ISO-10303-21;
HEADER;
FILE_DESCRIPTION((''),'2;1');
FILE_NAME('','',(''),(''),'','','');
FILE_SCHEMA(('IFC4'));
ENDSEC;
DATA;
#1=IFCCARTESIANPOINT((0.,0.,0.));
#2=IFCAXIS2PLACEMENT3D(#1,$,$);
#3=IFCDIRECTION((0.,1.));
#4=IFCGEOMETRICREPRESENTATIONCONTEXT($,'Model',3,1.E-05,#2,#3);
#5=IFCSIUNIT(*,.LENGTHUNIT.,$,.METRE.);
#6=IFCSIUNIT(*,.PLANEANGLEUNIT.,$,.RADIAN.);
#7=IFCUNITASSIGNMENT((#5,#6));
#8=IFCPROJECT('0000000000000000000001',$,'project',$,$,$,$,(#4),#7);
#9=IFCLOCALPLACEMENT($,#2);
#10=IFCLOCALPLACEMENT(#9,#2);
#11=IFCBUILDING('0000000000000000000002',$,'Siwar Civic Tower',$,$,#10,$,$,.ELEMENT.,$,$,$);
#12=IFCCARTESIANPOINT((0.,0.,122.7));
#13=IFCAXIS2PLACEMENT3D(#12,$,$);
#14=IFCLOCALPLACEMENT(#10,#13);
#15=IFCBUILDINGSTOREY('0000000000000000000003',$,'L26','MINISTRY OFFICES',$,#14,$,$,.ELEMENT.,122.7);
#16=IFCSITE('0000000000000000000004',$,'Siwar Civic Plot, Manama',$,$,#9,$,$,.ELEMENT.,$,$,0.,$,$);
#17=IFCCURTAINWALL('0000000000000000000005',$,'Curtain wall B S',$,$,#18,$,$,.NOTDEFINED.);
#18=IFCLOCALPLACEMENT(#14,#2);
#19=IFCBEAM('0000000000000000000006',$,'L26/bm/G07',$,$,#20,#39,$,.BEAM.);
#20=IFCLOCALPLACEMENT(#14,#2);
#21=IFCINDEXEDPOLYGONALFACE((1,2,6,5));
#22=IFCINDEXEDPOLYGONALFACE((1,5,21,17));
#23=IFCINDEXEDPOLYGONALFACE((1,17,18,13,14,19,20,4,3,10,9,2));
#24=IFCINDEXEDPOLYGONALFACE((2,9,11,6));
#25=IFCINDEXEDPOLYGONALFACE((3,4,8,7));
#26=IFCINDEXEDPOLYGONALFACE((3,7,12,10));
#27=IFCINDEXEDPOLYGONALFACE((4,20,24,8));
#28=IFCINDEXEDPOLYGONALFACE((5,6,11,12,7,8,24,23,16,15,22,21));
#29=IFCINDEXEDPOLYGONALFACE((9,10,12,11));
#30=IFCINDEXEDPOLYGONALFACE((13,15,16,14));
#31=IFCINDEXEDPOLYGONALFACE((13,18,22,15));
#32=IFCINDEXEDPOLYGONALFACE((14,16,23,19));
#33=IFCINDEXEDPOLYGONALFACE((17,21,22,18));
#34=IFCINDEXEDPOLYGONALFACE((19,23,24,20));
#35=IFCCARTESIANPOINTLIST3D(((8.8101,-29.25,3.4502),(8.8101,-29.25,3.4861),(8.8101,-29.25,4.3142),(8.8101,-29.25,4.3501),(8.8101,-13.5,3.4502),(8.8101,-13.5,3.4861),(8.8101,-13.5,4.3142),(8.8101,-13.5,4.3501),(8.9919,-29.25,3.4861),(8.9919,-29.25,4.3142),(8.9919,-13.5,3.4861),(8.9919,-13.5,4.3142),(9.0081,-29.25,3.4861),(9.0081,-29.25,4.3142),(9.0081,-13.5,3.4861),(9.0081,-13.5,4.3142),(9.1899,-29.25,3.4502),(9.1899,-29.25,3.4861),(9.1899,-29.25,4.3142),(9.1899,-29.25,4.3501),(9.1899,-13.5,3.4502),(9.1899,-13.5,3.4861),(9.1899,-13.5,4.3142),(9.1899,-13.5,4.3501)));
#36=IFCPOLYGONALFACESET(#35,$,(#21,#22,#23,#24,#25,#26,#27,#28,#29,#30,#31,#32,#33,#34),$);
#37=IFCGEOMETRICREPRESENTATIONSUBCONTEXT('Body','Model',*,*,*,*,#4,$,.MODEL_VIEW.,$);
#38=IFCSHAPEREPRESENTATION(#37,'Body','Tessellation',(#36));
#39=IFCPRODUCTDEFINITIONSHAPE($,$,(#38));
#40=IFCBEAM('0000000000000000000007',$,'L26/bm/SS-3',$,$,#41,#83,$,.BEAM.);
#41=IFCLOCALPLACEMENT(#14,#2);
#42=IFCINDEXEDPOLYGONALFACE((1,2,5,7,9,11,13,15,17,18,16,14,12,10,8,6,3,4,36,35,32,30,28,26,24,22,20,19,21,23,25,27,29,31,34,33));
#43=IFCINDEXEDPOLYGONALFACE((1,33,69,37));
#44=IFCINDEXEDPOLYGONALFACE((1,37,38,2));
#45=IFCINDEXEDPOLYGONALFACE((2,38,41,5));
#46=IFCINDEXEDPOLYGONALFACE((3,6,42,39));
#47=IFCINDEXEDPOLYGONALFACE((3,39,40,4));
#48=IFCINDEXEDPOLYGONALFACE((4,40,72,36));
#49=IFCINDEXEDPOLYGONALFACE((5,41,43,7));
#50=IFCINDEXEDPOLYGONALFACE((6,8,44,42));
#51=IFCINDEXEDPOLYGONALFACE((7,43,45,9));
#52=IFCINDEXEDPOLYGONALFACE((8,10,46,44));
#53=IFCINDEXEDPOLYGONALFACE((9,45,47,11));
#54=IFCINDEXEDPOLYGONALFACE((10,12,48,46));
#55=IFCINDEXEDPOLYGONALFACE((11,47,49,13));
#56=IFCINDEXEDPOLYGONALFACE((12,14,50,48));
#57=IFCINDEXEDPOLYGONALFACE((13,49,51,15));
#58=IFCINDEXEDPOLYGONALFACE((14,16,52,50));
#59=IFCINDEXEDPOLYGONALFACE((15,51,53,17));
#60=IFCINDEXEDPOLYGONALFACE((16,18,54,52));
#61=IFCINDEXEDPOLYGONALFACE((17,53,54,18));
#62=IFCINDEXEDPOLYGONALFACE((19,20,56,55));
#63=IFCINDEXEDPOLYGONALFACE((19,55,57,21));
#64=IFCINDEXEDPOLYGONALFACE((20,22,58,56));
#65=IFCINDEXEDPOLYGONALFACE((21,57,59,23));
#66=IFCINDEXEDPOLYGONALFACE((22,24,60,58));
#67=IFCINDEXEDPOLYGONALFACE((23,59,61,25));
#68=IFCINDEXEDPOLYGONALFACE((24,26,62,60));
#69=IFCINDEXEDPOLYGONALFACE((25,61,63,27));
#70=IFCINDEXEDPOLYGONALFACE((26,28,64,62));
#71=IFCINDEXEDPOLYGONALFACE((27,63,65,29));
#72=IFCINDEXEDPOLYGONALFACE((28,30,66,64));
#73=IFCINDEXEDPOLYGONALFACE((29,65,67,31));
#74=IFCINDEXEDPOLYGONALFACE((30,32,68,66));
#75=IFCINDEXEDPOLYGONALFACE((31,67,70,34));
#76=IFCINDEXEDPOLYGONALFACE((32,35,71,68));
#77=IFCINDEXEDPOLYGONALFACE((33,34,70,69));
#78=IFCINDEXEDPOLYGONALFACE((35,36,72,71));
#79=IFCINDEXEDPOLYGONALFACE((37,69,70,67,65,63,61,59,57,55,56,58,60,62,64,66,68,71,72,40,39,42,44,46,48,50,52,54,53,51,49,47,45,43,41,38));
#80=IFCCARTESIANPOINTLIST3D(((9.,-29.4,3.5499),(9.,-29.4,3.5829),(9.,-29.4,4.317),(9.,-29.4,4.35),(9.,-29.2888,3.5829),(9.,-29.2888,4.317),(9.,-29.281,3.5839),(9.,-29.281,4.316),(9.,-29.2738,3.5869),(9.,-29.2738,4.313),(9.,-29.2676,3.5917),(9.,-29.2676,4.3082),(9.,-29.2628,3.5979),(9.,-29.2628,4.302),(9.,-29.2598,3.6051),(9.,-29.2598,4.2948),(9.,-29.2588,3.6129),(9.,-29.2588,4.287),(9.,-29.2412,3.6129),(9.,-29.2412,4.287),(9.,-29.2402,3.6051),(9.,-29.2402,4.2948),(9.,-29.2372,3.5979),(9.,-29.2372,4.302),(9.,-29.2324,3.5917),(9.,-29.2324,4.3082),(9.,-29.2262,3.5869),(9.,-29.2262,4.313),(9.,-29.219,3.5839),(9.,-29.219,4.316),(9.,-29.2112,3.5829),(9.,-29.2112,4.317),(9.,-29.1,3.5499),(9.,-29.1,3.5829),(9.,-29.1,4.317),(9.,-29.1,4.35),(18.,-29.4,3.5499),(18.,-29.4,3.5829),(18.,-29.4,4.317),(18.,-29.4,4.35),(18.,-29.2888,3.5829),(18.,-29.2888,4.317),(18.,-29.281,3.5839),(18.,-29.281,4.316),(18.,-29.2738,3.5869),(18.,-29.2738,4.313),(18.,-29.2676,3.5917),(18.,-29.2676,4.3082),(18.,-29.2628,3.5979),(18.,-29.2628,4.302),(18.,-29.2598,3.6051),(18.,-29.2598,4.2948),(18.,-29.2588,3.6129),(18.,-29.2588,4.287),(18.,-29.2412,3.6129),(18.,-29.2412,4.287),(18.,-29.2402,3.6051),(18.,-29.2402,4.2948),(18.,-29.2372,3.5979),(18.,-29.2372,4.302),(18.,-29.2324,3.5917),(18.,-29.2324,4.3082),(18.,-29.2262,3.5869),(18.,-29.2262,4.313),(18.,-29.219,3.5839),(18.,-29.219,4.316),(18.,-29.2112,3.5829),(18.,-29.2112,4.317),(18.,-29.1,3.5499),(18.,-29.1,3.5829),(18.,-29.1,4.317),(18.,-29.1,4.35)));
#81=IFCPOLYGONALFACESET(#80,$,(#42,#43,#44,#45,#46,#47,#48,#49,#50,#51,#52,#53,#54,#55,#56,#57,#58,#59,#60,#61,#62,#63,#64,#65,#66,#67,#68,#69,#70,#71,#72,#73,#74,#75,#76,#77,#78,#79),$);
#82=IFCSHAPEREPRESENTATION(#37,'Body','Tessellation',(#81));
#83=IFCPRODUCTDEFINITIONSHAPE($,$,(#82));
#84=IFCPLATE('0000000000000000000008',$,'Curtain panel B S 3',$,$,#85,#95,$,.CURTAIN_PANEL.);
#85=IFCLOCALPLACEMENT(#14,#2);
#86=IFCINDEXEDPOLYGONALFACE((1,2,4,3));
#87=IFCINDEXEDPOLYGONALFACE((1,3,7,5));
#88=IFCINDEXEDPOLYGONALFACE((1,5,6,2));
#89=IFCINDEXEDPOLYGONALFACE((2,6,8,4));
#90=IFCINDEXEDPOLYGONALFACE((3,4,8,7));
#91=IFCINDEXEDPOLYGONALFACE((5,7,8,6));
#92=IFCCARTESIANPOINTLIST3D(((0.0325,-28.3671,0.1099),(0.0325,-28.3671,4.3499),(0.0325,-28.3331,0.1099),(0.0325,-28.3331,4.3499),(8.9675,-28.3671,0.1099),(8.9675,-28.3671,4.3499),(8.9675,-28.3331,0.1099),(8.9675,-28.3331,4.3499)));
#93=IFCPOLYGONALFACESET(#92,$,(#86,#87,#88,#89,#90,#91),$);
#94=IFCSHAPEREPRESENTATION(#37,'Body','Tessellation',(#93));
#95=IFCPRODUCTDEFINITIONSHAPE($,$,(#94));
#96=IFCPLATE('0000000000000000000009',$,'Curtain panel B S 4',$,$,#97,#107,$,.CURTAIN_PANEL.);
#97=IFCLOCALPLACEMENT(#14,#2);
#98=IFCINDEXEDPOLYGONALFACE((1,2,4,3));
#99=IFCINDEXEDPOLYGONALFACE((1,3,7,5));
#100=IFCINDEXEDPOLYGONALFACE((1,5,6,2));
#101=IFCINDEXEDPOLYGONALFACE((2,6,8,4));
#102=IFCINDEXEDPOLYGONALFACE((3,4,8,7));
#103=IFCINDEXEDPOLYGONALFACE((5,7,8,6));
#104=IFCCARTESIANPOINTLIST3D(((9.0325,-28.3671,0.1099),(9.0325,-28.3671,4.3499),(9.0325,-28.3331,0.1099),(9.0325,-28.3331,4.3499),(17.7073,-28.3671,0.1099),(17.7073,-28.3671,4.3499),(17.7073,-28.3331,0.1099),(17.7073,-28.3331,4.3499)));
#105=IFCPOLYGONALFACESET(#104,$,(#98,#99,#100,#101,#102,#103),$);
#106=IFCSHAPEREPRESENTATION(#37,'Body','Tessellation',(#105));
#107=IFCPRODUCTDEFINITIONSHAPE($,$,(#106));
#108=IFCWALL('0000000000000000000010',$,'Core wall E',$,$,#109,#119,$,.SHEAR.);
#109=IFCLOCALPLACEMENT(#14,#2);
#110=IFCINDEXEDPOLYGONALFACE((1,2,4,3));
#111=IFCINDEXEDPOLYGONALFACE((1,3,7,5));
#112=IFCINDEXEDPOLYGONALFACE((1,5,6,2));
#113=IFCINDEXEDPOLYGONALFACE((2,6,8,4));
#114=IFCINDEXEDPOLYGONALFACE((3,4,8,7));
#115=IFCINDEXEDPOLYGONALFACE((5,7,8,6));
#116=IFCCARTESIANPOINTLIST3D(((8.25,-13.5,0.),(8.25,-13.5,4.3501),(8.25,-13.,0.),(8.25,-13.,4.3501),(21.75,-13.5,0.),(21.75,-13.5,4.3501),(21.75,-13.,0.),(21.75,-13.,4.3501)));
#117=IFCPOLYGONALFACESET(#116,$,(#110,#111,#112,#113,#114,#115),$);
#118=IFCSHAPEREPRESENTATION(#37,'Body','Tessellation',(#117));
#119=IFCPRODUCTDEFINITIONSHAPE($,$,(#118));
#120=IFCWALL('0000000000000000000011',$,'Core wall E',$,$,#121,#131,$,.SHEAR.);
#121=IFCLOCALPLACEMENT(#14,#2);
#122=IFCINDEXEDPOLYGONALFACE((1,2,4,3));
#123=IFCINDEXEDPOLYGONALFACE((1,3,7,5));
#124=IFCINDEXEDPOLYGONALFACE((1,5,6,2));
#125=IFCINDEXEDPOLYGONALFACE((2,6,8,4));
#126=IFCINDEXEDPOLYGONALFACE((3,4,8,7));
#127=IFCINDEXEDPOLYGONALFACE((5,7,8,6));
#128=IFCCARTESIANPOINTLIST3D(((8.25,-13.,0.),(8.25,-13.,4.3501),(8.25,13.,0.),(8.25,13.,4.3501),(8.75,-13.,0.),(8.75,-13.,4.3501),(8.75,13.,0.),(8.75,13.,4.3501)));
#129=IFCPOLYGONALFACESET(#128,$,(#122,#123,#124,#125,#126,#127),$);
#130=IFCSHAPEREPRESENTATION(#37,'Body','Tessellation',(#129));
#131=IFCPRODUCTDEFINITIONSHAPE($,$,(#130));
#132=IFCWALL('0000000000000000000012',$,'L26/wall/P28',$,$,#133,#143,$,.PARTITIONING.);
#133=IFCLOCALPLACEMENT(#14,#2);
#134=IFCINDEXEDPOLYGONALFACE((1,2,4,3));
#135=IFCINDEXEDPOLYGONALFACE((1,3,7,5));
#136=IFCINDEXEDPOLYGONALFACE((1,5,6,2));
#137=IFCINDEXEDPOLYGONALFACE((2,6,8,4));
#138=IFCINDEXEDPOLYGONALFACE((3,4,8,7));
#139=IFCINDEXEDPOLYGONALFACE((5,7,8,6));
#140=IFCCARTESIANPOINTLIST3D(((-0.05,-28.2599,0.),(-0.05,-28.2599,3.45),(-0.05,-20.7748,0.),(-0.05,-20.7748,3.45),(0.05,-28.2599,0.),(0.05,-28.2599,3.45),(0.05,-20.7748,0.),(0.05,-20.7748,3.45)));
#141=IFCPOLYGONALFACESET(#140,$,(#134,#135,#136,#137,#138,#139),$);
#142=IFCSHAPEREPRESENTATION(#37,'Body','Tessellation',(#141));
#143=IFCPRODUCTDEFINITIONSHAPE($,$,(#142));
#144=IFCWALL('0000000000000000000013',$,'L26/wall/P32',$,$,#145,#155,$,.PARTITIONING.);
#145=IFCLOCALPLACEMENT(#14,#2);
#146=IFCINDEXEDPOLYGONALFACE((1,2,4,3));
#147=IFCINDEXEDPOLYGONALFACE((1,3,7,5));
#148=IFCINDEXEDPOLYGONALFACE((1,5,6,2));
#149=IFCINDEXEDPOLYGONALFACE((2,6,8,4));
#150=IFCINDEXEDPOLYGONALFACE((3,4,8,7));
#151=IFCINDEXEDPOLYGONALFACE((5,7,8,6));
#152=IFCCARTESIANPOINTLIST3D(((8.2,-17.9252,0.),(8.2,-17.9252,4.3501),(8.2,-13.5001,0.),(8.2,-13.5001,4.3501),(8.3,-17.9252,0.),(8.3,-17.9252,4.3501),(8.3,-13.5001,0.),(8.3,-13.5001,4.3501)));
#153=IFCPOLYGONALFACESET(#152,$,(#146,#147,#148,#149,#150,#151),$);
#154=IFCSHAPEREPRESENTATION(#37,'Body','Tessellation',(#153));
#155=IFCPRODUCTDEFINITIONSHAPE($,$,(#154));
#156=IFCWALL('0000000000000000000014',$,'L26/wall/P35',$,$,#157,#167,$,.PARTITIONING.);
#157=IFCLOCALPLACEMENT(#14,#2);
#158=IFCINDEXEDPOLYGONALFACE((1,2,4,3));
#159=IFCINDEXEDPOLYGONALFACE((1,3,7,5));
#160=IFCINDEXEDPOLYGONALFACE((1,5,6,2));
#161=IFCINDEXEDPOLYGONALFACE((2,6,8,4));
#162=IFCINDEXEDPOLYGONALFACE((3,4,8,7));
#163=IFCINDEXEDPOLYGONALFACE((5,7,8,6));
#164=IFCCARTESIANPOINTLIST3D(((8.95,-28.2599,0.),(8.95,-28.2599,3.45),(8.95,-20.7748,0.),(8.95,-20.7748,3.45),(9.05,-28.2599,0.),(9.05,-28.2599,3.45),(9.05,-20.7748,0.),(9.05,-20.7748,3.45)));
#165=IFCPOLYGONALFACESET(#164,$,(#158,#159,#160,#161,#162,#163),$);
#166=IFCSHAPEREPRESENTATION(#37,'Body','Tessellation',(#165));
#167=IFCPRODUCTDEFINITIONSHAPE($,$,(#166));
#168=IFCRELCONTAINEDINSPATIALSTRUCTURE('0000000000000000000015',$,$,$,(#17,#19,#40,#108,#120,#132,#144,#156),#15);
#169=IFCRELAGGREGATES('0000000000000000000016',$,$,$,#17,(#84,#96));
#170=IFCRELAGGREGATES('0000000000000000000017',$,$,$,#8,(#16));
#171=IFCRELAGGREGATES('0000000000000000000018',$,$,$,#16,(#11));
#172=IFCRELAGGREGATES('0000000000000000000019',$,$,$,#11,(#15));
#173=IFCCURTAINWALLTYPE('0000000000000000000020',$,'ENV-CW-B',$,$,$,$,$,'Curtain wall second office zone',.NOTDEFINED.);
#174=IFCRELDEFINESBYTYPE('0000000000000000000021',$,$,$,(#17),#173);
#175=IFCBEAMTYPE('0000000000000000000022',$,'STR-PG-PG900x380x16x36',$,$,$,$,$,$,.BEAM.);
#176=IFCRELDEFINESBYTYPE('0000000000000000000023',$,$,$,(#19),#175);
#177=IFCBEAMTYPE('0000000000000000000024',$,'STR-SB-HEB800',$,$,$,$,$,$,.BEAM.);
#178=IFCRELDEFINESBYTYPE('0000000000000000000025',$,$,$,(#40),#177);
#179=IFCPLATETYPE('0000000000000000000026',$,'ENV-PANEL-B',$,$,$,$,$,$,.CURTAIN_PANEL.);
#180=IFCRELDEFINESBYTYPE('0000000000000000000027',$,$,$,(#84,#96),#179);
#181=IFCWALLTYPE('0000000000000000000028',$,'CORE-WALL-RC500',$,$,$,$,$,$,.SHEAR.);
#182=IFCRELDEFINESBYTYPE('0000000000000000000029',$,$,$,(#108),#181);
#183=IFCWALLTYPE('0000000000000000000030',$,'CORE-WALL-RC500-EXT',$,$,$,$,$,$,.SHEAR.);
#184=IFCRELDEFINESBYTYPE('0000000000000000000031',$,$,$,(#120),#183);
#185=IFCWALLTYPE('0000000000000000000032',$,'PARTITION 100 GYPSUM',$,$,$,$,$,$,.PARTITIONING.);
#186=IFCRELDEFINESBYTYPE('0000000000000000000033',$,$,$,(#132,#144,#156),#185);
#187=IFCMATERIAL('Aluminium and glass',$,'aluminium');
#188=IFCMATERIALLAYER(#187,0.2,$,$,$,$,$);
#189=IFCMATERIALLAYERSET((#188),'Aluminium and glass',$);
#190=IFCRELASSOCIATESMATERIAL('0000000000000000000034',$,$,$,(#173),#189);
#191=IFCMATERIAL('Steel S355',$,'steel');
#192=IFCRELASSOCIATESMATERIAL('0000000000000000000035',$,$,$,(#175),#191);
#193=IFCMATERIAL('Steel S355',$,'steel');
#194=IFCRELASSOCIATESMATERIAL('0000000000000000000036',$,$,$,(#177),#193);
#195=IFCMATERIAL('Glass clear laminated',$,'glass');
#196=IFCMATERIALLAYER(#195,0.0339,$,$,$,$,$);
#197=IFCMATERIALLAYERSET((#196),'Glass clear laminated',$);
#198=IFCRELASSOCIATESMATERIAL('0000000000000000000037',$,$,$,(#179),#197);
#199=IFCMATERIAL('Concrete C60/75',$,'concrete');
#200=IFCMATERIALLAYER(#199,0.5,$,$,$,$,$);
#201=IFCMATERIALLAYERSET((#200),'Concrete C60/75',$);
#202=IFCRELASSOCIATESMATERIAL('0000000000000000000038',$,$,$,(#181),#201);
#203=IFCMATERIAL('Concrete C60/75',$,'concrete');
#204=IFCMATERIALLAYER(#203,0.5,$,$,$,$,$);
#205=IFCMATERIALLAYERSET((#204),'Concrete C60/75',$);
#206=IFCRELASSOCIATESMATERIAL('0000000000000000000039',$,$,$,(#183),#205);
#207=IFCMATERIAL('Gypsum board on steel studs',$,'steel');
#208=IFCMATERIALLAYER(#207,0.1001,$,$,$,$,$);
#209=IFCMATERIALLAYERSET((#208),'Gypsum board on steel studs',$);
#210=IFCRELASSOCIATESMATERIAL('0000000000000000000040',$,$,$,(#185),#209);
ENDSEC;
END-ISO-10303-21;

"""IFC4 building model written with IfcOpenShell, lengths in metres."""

from ifc_helpers import new_model, si_unit, direction, frame, frame_2d, origin, origin_2d, place, context, subcontext, project, spatial, rectangle, i_section, extrude, material, layer, layer_set, material_profile, profile_set, type_object, element, aggregate, save


model = new_model("IFC4")

# Units and contexts
model_context = context("Model", 3, precision=1e-05, world=origin(), true_north=direction((0.0, 1.0)))
body_context = subcontext(model_context, "Body", "Model", "MODEL_VIEW")
ifc_project = project(units=[si_unit("LENGTHUNIT", "METRE"), si_unit("PLANEANGLEUNIT", "RADIAN")], contexts=[model_context])

# Site, building, storey
site_placement = place(None, origin())
site = spatial("IfcSite", under=ifc_project, at=site_placement, Name="Siwar Civic Plot, Manama", CompositionType="ELEMENT", RefElevation=0.0)
building_placement = place(site_placement, origin())
building = spatial("IfcBuilding", under=site, at=building_placement, Name="Siwar Civic Tower", CompositionType="ELEMENT")
storey_placement = place(building_placement, frame((0.0, 0.0, 122.7)))
storey = spatial("IfcBuildingStorey", under=building, at=storey_placement, Name="L26", Description="MINISTRY OFFICES", CompositionType="ELEMENT", Elevation=122.7)

# Curtain wall
ifc_material_1 = material(Name="Aluminium and glass", Category="aluminium")
ifc_layer_1 = layer(ifc_material_1, 0.2)
ifc_layer_set_1 = layer_set([ifc_layer_1], Name="Aluminium and glass")
curtain_wall_type = type_object("IfcCurtainWallType", Name="ENV-CW-B", ElementType="Curtain wall second office zone", PredefinedType="NOTDEFINED", material=ifc_layer_set_1)
curtain_wall_placement = place(storey_placement, origin())
curtain_wall = element("IfcCurtainWall", 1, at=curtain_wall_placement, inside=storey, type_object=curtain_wall_type, Name="Curtain wall B S", PredefinedType="NOTDEFINED")

# Beams
ifc_material_2 = material(Name="Steel S355", Category="steel")
ifc_material_profile_1 = material_profile(ifc_material_2, i_section(OverallWidth=0.3799, OverallDepth=0.8999, WebThickness=0.0161, FlangeThickness=0.0359, at=origin_2d()), Name="PG900x380x16x36")
ifc_profile_set_1 = profile_set([ifc_material_profile_1], Name="Steel S355")
beam_type_1 = type_object("IfcBeamType", Name="STR-PG-PG900x380x16x36", PredefinedType="BEAM", material=ifc_profile_set_1)
beam_1_placement = place(storey_placement, frame((9.0, -29.25, 3.9001), z_axis=(0.0, 1.0, 0.0), x_axis=(-1.0, 0.0, 0.0)))
element("IfcBeam", 2, at=beam_1_placement, inside=storey, type_object=beam_type_1, Name="L26/bm/G07", PredefinedType="BEAM", context=body_context, shape_type="SweptSolid", body=[
    extrude(i_section(OverallWidth=0.3799, OverallDepth=0.8999, WebThickness=0.0161, FlangeThickness=0.0359, at=origin_2d()), origin(), (0.0, 0.0, 1.0), 15.75),
])
ifc_material_3 = material(Name="Steel S355", Category="steel")
ifc_material_profile_2 = material_profile(ifc_material_3, i_section(OverallWidth=0.3, OverallDepth=0.8, WebThickness=0.0176, FlangeThickness=0.033, FilletRadius=0.03, at=origin_2d()), Name="HEB800")
ifc_profile_set_2 = profile_set([ifc_material_profile_2], Name="Steel S355")
beam_type_2 = type_object("IfcBeamType", Name="STR-SB-HEB800", PredefinedType="BEAM", material=ifc_profile_set_2)
beam_2_placement = place(storey_placement, frame((9.0, -29.25, 3.95), z_axis=(1.0, 0.0, 0.0), x_axis=(0.0, 1.0, 0.0)))
element("IfcBeam", 3, at=beam_2_placement, inside=storey, type_object=beam_type_2, Name="L26/bm/SS-3", PredefinedType="BEAM", context=body_context, shape_type="SweptSolid", body=[
    extrude(i_section(OverallWidth=0.3, OverallDepth=0.8, WebThickness=0.0176, FlangeThickness=0.033, FilletRadius=0.03, at=origin_2d()), origin(), (0.0, 0.0, 1.0), 9.0),
])

# Plates
ifc_material_4 = material(Name="Glass clear laminated", Category="glass")
ifc_layer_2 = layer(ifc_material_4, 0.0339)
ifc_layer_set_2 = layer_set([ifc_layer_2], Name="Glass clear laminated")
plate_type = type_object("IfcPlateType", Name="ENV-PANEL-B", PredefinedType="CURTAIN_PANEL", material=ifc_layer_set_2)
plate_1_placement = place(storey_placement, frame((4.5, -28.3501, 0.1099), z_axis=(0.0, 0.0, 1.0), x_axis=(1.0, 0.0, 0.0)))
plate_1 = element("IfcPlate", 4, at=plate_1_placement, type_object=plate_type, Name="Curtain panel B S 3", PredefinedType="CURTAIN_PANEL", context=body_context, shape_type="SweptSolid", body=[
    extrude(rectangle(XDim=8.9351, YDim=0.0339, at=origin_2d()), origin(), (0.0, 0.0, 1.0), 4.24),
])
plate_2_placement = place(storey_placement, frame((13.3699, -28.3501, 0.1099), z_axis=(0.0, 0.0, 1.0), x_axis=(1.0, 0.0, 0.0)))
plate_2 = element("IfcPlate", 5, at=plate_2_placement, type_object=plate_type, Name="Curtain panel B S 4", PredefinedType="CURTAIN_PANEL", context=body_context, shape_type="SweptSolid", body=[
    extrude(rectangle(XDim=8.6748, YDim=0.0339, at=origin_2d()), origin(), (0.0, 0.0, 1.0), 4.24),
])
aggregate(curtain_wall, [plate_1, plate_2])

# Walls
ifc_material_5 = material(Name="Concrete C60/75", Category="concrete")
ifc_layer_3 = layer(ifc_material_5, 0.5)
ifc_layer_set_3 = layer_set([ifc_layer_3], Name="Concrete C60/75")
wall_type_1 = type_object("IfcWallType", Name="CORE-WALL-RC500", PredefinedType="SHEAR", material=ifc_layer_set_3)
wall_1_placement = place(storey_placement, frame((8.25, -13.25, 0.0), z_axis=(0.0, 0.0, 1.0), x_axis=(1.0, 0.0, 0.0)))
element("IfcWall", 6, at=wall_1_placement, inside=storey, type_object=wall_type_1, Name="Core wall E", PredefinedType="SHEAR", context=body_context, shape_type="SweptSolid", body=[
    extrude(rectangle(XDim=13.5, YDim=0.5, at=frame_2d((6.75, 0.0))), origin(), (0.0, 0.0, 1.0), 4.3501),
])
ifc_material_6 = material(Name="Concrete C60/75", Category="concrete")
ifc_layer_4 = layer(ifc_material_6, 0.5)
ifc_layer_set_4 = layer_set([ifc_layer_4], Name="Concrete C60/75")
wall_type_2 = type_object("IfcWallType", Name="CORE-WALL-RC500-EXT", PredefinedType="SHEAR", material=ifc_layer_set_4)
wall_2_placement = place(storey_placement, frame((8.5, -13.0, 0.0), z_axis=(0.0, 0.0, 1.0), x_axis=(0.0, 1.0, 0.0)))
element("IfcWall", 7, at=wall_2_placement, inside=storey, type_object=wall_type_2, Name="Core wall E", PredefinedType="SHEAR", context=body_context, shape_type="SweptSolid", body=[
    extrude(rectangle(XDim=26.0, YDim=0.5, at=frame_2d((13.0, 0.0))), origin(), (0.0, 0.0, 1.0), 4.3501),
])
ifc_material_7 = material(Name="Gypsum board on steel studs", Category="steel")
ifc_layer_5 = layer(ifc_material_7, 0.1001)
ifc_layer_set_5 = layer_set([ifc_layer_5], Name="Gypsum board on steel studs")
wall_type_3 = type_object("IfcWallType", Name="PARTITION 100 GYPSUM", PredefinedType="PARTITIONING", material=ifc_layer_set_5)
wall_3_placement = place(storey_placement, frame((0.0, -28.26, 0.0), z_axis=(0.0, 0.0, 1.0), x_axis=(0.0, 1.0, 0.0)))
element("IfcWall", 8, at=wall_3_placement, inside=storey, type_object=wall_type_3, Name="L26/wall/P28", PredefinedType="PARTITIONING", context=body_context, shape_type="SweptSolid", body=[
    extrude(rectangle(XDim=7.4851, YDim=0.1001, at=frame_2d((3.7427, 0.0))), origin(), (0.0, 0.0, 1.0), 3.45),
])
wall_4_placement = place(storey_placement, frame((8.25, -17.925, 0.0), z_axis=(0.0, 0.0, 1.0), x_axis=(0.0, 1.0, 0.0)))
element("IfcWall", 9, at=wall_4_placement, inside=storey, type_object=wall_type_3, Name="L26/wall/P32", PredefinedType="PARTITIONING", context=body_context, shape_type="SweptSolid", body=[
    extrude(rectangle(XDim=4.425, YDim=0.1001, at=frame_2d((2.2124, 0.0))), origin(), (0.0, 0.0, 1.0), 4.3501),
])
wall_5_placement = place(storey_placement, frame((9.0, -28.26, 0.0), z_axis=(0.0, 0.0, 1.0), x_axis=(0.0, 1.0, 0.0)))
element("IfcWall", 10, at=wall_5_placement, inside=storey, type_object=wall_type_3, Name="L26/wall/P35", PredefinedType="PARTITIONING", context=body_context, shape_type="SweptSolid", body=[
    extrude(rectangle(XDim=7.4851, YDim=0.1001, at=frame_2d((3.7427, 0.0))), origin(), (0.0, 0.0, 1.0), 3.45),
])

save(model, "model.ifc")
